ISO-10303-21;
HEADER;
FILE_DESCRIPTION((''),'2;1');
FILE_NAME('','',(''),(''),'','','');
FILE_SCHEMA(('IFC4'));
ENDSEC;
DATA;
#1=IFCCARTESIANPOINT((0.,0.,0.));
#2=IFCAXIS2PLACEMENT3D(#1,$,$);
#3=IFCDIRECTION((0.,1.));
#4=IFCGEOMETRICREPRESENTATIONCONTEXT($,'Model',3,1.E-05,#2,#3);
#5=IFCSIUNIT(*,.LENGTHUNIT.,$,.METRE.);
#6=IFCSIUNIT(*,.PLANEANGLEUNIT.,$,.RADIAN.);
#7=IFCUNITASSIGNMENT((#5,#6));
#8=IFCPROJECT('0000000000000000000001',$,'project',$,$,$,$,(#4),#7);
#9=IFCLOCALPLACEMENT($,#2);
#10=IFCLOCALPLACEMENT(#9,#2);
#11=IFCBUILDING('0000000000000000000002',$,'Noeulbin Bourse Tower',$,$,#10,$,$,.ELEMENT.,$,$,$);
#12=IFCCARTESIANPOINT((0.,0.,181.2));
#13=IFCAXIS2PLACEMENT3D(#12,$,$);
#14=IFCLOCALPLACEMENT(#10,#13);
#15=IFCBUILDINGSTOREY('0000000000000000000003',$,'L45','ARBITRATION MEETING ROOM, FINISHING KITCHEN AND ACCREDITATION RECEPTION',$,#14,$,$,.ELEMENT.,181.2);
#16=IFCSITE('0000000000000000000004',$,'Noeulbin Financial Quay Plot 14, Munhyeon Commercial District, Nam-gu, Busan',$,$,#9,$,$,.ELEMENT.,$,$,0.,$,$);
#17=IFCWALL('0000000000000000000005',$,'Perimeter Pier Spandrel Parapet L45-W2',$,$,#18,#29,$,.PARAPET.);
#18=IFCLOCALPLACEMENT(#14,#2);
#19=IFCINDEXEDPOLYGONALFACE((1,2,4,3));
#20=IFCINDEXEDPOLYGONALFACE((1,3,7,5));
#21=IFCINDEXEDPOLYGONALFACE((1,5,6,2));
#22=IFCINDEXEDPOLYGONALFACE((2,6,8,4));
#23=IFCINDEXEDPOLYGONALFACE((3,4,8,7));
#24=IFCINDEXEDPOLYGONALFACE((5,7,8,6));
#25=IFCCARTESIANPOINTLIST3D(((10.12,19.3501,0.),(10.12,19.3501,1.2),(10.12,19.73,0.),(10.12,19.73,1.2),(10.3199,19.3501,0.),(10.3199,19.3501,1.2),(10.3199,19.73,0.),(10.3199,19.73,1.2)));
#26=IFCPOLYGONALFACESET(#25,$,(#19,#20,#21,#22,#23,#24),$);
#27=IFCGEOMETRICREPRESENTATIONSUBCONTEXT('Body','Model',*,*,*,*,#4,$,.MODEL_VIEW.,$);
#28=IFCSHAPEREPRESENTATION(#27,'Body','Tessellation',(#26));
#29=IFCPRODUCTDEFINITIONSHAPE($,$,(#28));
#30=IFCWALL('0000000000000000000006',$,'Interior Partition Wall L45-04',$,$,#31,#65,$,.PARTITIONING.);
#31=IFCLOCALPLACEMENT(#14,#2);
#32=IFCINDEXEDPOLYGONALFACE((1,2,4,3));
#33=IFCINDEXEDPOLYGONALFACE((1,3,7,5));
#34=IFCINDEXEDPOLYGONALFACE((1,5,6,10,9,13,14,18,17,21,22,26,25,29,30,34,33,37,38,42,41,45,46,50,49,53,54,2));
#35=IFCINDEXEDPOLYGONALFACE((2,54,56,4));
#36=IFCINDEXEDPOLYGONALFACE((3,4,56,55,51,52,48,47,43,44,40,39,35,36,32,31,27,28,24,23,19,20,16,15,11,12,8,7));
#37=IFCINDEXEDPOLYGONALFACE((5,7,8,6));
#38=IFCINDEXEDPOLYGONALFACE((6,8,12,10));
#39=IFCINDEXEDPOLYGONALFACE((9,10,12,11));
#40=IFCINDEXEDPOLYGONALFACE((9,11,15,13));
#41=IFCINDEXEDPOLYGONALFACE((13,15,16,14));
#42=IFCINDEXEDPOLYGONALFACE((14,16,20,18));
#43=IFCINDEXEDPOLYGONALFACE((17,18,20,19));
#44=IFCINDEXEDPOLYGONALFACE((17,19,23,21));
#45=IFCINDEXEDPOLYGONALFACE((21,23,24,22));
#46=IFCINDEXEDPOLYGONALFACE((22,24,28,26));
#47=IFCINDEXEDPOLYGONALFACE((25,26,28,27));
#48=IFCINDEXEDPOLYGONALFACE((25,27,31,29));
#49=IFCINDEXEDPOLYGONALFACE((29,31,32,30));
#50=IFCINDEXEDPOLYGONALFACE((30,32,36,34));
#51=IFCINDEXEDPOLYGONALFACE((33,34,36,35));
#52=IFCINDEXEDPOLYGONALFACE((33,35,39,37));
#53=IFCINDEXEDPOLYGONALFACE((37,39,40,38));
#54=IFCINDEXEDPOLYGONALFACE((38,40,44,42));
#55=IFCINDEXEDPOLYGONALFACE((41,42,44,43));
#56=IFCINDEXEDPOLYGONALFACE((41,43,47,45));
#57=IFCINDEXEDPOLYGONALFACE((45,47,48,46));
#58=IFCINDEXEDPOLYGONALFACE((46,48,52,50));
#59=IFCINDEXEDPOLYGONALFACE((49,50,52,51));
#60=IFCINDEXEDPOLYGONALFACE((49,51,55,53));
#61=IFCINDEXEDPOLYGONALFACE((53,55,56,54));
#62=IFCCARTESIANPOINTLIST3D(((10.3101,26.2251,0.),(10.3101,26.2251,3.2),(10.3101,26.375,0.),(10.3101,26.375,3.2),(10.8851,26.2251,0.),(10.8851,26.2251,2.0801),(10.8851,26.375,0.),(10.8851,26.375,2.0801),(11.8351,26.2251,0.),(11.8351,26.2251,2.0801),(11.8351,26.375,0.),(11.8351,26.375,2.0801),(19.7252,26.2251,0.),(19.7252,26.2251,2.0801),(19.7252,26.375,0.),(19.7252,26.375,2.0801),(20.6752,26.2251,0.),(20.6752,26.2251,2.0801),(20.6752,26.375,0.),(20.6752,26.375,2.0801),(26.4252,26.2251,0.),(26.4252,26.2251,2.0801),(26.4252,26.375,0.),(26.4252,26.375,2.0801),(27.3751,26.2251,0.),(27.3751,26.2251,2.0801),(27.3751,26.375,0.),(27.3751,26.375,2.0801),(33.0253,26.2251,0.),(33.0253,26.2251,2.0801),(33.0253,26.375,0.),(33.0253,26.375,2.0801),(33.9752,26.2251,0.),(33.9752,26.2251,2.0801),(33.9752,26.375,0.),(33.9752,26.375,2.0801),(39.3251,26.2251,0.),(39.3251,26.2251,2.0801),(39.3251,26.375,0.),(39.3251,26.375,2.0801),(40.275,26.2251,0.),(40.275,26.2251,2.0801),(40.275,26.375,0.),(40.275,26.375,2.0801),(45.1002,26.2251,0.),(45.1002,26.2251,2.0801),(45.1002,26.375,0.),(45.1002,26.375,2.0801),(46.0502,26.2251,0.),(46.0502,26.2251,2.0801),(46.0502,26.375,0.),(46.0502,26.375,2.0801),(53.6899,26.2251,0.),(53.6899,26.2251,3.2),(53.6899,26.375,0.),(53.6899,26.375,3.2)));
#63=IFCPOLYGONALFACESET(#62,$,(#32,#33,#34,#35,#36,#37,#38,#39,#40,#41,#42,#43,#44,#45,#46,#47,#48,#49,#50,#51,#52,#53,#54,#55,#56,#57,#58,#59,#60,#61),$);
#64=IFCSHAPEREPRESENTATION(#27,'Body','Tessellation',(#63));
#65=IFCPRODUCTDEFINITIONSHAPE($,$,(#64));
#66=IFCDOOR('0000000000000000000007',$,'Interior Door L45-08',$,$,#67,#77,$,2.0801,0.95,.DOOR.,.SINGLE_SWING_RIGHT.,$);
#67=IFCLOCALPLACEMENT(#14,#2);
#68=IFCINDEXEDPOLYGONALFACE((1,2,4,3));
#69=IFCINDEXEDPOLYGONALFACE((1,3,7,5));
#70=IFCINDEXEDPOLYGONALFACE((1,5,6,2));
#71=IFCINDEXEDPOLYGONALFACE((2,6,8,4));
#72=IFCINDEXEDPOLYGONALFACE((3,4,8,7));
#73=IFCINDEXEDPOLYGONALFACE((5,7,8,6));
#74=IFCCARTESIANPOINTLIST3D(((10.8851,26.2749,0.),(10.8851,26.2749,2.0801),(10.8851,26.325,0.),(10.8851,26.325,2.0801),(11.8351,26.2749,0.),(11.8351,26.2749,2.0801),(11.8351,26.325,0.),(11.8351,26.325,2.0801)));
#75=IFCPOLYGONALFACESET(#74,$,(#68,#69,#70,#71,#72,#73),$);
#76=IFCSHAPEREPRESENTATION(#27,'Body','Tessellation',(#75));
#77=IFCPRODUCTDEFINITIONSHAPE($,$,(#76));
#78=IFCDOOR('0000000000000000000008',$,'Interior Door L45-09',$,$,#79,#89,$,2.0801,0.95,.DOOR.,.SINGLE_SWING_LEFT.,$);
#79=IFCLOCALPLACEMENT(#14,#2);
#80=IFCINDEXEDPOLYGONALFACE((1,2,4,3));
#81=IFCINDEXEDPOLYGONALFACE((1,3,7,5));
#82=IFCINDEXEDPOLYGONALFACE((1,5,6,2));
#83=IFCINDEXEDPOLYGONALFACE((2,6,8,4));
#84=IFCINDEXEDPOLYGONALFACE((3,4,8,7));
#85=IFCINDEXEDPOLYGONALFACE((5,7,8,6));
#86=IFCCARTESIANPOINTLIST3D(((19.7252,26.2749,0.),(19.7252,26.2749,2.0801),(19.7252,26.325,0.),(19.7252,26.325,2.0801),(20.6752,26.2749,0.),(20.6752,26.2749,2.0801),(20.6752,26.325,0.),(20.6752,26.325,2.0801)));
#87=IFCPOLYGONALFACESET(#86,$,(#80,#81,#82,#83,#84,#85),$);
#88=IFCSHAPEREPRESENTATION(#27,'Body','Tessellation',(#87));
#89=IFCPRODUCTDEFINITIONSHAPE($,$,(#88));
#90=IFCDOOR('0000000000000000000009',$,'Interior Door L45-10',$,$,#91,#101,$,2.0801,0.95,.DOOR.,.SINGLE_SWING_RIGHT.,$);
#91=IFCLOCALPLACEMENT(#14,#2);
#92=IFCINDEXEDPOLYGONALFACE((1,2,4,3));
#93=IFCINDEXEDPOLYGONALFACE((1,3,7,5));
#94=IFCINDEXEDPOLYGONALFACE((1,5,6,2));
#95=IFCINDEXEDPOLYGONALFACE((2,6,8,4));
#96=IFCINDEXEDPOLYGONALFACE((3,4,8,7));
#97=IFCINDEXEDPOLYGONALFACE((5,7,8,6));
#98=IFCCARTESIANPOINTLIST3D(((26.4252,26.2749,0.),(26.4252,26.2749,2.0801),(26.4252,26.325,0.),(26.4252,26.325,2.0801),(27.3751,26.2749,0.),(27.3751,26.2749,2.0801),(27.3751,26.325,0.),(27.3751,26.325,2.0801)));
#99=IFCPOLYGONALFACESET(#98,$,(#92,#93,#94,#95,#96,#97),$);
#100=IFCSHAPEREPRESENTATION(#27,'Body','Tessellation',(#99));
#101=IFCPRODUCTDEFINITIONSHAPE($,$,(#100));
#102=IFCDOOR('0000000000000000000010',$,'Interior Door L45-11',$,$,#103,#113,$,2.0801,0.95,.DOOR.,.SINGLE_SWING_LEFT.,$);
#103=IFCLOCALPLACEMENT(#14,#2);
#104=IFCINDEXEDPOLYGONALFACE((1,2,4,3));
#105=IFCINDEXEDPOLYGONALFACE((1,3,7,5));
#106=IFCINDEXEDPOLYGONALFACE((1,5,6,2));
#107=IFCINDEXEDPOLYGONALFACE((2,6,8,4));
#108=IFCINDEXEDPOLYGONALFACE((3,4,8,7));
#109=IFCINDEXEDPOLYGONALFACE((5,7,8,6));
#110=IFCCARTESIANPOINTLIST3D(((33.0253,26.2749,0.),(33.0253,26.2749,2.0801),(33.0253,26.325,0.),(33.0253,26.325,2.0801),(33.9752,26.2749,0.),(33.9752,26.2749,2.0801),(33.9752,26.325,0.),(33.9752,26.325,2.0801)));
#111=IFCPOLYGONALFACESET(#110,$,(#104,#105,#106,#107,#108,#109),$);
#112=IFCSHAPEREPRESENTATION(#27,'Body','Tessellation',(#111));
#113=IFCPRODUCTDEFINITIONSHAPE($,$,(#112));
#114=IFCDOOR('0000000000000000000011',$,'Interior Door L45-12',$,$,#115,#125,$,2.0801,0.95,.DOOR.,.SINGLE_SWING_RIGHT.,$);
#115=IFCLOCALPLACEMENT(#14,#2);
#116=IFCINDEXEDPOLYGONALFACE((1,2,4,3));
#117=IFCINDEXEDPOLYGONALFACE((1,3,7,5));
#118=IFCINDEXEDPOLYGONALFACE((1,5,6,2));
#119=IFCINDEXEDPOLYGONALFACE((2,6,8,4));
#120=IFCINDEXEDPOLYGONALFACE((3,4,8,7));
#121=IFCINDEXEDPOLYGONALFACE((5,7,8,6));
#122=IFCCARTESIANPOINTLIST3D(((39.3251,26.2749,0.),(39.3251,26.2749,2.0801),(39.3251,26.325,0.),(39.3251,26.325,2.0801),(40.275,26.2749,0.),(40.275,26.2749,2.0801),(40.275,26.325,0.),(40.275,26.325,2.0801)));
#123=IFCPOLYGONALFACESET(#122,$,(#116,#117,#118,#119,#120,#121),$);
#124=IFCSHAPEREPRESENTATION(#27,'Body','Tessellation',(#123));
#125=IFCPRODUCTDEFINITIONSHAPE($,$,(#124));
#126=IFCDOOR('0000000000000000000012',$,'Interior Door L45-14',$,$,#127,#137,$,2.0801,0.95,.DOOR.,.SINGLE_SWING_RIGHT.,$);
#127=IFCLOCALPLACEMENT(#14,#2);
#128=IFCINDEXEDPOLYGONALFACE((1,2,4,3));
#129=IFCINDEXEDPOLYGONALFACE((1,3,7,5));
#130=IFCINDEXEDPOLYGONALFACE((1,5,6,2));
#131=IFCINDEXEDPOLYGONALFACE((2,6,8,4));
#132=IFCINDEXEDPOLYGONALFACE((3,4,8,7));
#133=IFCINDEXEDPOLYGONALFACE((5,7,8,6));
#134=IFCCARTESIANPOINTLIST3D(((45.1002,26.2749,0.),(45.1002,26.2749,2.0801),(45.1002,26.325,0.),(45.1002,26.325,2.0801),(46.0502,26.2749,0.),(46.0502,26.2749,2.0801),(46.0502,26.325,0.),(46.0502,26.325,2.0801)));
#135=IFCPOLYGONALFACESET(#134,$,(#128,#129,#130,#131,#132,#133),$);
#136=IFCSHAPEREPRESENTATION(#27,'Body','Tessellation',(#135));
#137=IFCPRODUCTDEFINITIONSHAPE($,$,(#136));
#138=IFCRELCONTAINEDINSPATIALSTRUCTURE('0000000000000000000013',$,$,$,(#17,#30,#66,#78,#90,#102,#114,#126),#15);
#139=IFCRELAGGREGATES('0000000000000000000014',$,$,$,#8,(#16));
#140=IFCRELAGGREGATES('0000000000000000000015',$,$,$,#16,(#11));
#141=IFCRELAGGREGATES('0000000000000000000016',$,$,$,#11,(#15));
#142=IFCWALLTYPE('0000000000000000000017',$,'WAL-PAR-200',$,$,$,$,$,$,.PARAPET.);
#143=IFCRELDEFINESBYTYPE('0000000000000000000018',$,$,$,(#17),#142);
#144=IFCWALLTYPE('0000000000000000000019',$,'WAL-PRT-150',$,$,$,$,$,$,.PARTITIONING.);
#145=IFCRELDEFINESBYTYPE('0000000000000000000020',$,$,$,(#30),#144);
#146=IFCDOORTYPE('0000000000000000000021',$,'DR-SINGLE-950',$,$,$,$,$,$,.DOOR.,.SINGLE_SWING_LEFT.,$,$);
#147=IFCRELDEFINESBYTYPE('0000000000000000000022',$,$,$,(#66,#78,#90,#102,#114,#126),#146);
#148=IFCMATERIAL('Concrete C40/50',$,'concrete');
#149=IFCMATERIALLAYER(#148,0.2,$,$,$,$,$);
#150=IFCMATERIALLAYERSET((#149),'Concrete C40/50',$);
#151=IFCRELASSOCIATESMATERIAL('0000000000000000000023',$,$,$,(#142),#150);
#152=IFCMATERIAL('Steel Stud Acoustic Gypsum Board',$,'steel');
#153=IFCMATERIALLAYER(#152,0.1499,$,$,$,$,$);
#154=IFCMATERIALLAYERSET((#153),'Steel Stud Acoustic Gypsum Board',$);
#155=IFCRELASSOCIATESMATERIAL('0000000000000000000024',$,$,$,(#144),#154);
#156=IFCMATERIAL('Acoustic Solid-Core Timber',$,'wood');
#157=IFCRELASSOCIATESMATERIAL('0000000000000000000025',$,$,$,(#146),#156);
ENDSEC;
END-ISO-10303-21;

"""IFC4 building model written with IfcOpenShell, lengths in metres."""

from ifc_helpers import new_model, si_unit, direction, frame, frame_2d, origin, place, context, subcontext, project, spatial, rectangle, extrude, material, layer, layer_set, type_object, element, fill, save


model = new_model("IFC4")

# Units and contexts
model_context = context("Model", 3, precision=1e-05, world=origin(), true_north=direction((0.0, 1.0)))
body_context = subcontext(model_context, "Body", "Model", "MODEL_VIEW")
ifc_project = project(units=[si_unit("LENGTHUNIT", "METRE"), si_unit("PLANEANGLEUNIT", "RADIAN")], contexts=[model_context])

# Site, building, storey
site_placement = place(None, origin())
site = spatial("IfcSite", under=ifc_project, at=site_placement, Name="Noeulbin Financial Quay Plot 14, Munhyeon Commercial District, Nam-gu, Busan", CompositionType="ELEMENT", RefElevation=0.0)
building_placement = place(site_placement, origin())
building = spatial("IfcBuilding", under=site, at=building_placement, Name="Noeulbin Bourse Tower", CompositionType="ELEMENT")
storey_placement = place(building_placement, frame((0.0, 0.0, 181.2)))
storey = spatial("IfcBuildingStorey", under=building, at=storey_placement, Name="L45", Description="ARBITRATION MEETING ROOM, FINISHING KITCHEN AND ACCREDITATION RECEPTION", CompositionType="ELEMENT", Elevation=181.2)

# Wall
ifc_material_1 = material(Name="Concrete C40/50", Category="concrete")
ifc_layer_1 = layer(ifc_material_1, 0.2)
ifc_layer_set_1 = layer_set([ifc_layer_1], Name="Concrete C40/50")
wall_type_1 = type_object("IfcWallType", Name="WAL-PAR-200", PredefinedType="PARAPET", material=ifc_layer_set_1)
wall_1_placement = place(storey_placement, frame((10.22, 19.3501, 0.0), z_axis=(0.0, 0.0, 1.0), x_axis=(0.0, 1.0, 0.0)))
element("IfcWall", 1, at=wall_1_placement, inside=storey, type_object=wall_type_1, Name="Perimeter Pier Spandrel Parapet L45-W2", PredefinedType="PARAPET", context=body_context, shape_type="SweptSolid", body=[
    extrude(rectangle(XDim=0.3799, YDim=0.2, at=frame_2d((0.1899, 0.0))), origin(), (0.0, 0.0, 1.0), 1.2),
])

# Wall, openings, doors
ifc_material_2 = material(Name="Steel Stud Acoustic Gypsum Board", Category="steel")
ifc_layer_2 = layer(ifc_material_2, 0.1499)
ifc_layer_set_2 = layer_set([ifc_layer_2], Name="Steel Stud Acoustic Gypsum Board")
wall_type_2 = type_object("IfcWallType", Name="WAL-PRT-150", PredefinedType="PARTITIONING", material=ifc_layer_set_2)
wall_2_placement = place(storey_placement, frame((10.3101, 26.3, 0.0), z_axis=(0.0, 0.0, 1.0), x_axis=(1.0, 0.0, 0.0)))
wall_2 = element("IfcWall", 2, at=wall_2_placement, inside=storey, type_object=wall_type_2, Name="Interior Partition Wall L45-04", PredefinedType="PARTITIONING", context=body_context, shape_type="SweptSolid", body=[
    extrude(rectangle(XDim=43.3799, YDim=0.1499, at=frame_2d((21.6899, 0.0))), origin(), (0.0, 0.0, 1.0), 3.2),
])
opening_1_placement = place(wall_2_placement, frame((0.575, 0.0, 0.0)))
opening_1 = element("IfcOpeningElement", 3, at=opening_1_placement, cuts=wall_2, PredefinedType="OPENING", context=body_context, shape_type="SweptSolid", body=[
    extrude(rectangle(XDim=0.95, YDim=2.0801, at=frame_2d((0.4751, 1.04))), frame((0.0, 0.085, 0.0), z_axis=(0.0, -1.0, 0.0), x_axis=(1.0, 0.0, 0.0)), (0.0, 0.0, 1.0), 0.1699),
])
opening_2_placement = place(wall_2_placement, frame((9.415, 0.0, 0.0)))
opening_2 = element("IfcOpeningElement", 4, at=opening_2_placement, cuts=wall_2, PredefinedType="OPENING", context=body_context, shape_type="SweptSolid", body=[
    extrude(rectangle(XDim=0.95, YDim=2.0801, at=frame_2d((0.4751, 1.04))), frame((0.0, 0.085, 0.0), z_axis=(0.0, -1.0, 0.0), x_axis=(1.0, 0.0, 0.0)), (0.0, 0.0, 1.0), 0.1699),
])
opening_3_placement = place(wall_2_placement, frame((16.115, 0.0, 0.0)))
opening_3 = element("IfcOpeningElement", 5, at=opening_3_placement, cuts=wall_2, PredefinedType="OPENING", context=body_context, shape_type="SweptSolid", body=[
    extrude(rectangle(XDim=0.95, YDim=2.0801, at=frame_2d((0.4751, 1.04))), frame((0.0, 0.085, 0.0), z_axis=(0.0, -1.0, 0.0), x_axis=(1.0, 0.0, 0.0)), (0.0, 0.0, 1.0), 0.1699),
])
opening_4_placement = place(wall_2_placement, frame((22.7151, 0.0, 0.0)))
opening_4 = element("IfcOpeningElement", 6, at=opening_4_placement, cuts=wall_2, PredefinedType="OPENING", context=body_context, shape_type="SweptSolid", body=[
    extrude(rectangle(XDim=0.95, YDim=2.0801, at=frame_2d((0.4751, 1.04))), frame((0.0, 0.085, 0.0), z_axis=(0.0, -1.0, 0.0), x_axis=(1.0, 0.0, 0.0)), (0.0, 0.0, 1.0), 0.1699),
])
opening_5_placement = place(wall_2_placement, frame((29.0149, 0.0, 0.0)))
opening_5 = element("IfcOpeningElement", 7, at=opening_5_placement, cuts=wall_2, PredefinedType="OPENING", context=body_context, shape_type="SweptSolid", body=[
    extrude(rectangle(XDim=0.95, YDim=2.0801, at=frame_2d((0.4751, 1.04))), frame((0.0, 0.085, 0.0), z_axis=(0.0, -1.0, 0.0), x_axis=(1.0, 0.0, 0.0)), (0.0, 0.0, 1.0), 0.1699),
])
opening_6_placement = place(wall_2_placement, frame((34.79, 0.0, 0.0)))
opening_6 = element("IfcOpeningElement", 8, at=opening_6_placement, cuts=wall_2, PredefinedType="OPENING", context=body_context, shape_type="SweptSolid", body=[
    extrude(rectangle(XDim=0.95, YDim=2.0801, at=frame_2d((0.4751, 1.04))), frame((0.0, 0.085, 0.0), z_axis=(0.0, -1.0, 0.0), x_axis=(1.0, 0.0, 0.0)), (0.0, 0.0, 1.0), 0.1699),
])
ifc_material_3 = material(Name="Acoustic Solid-Core Timber", Category="wood")
door_type = type_object("IfcDoorType", Name="DR-SINGLE-950", OperationType="SINGLE_SWING_LEFT", PredefinedType="DOOR", material=ifc_material_3)
door_1_placement = place(opening_1_placement, origin())
door_1 = element("IfcDoor", 9, at=door_1_placement, inside=storey, type_object=door_type, Name="Interior Door L45-08", OperationType="SINGLE_SWING_RIGHT", OverallHeight=2.0801, OverallWidth=0.95, PredefinedType="DOOR", context=body_context, shape_type="SweptSolid", body=[
    extrude(rectangle(XDim=0.95, YDim=2.0801, at=frame_2d((0.4751, 1.04))), frame((0.0, 0.0249, 0.0), z_axis=(0.0, -1.0, 0.0), x_axis=(1.0, 0.0, 0.0)), (0.0, 0.0, 1.0), 0.05),
])
fill(opening_1, door_1)
door_2_placement = place(opening_2_placement, origin())
door_2 = element("IfcDoor", 10, at=door_2_placement, inside=storey, type_object=door_type, Name="Interior Door L45-09", OperationType="SINGLE_SWING_LEFT", OverallHeight=2.0801, OverallWidth=0.95, PredefinedType="DOOR", context=body_context, shape_type="SweptSolid", body=[
    extrude(rectangle(XDim=0.95, YDim=2.0801, at=frame_2d((0.4751, 1.04))), frame((0.0, 0.0249, 0.0), z_axis=(0.0, -1.0, 0.0), x_axis=(1.0, 0.0, 0.0)), (0.0, 0.0, 1.0), 0.05),
])
fill(opening_2, door_2)
door_3_placement = place(opening_3_placement, origin())
door_3 = element("IfcDoor", 11, at=door_3_placement, inside=storey, type_object=door_type, Name="Interior Door L45-10", OperationType="SINGLE_SWING_RIGHT", OverallHeight=2.0801, OverallWidth=0.95, PredefinedType="DOOR", context=body_context, shape_type="SweptSolid", body=[
    extrude(rectangle(XDim=0.95, YDim=2.0801, at=frame_2d((0.4751, 1.04))), frame((0.0, 0.0249, 0.0), z_axis=(0.0, -1.0, 0.0), x_axis=(1.0, 0.0, 0.0)), (0.0, 0.0, 1.0), 0.05),
])
fill(opening_3, door_3)
door_4_placement = place(opening_4_placement, origin())
door_4 = element("IfcDoor", 12, at=door_4_placement, inside=storey, type_object=door_type, Name="Interior Door L45-11", OperationType="SINGLE_SWING_LEFT", OverallHeight=2.0801, OverallWidth=0.95, PredefinedType="DOOR", context=body_context, shape_type="SweptSolid", body=[
    extrude(rectangle(XDim=0.95, YDim=2.0801, at=frame_2d((0.4751, 1.04))), frame((0.0, 0.0249, 0.0), z_axis=(0.0, -1.0, 0.0), x_axis=(1.0, 0.0, 0.0)), (0.0, 0.0, 1.0), 0.05),
])
fill(opening_4, door_4)
door_5_placement = place(opening_5_placement, origin())
door_5 = element("IfcDoor", 13, at=door_5_placement, inside=storey, type_object=door_type, Name="Interior Door L45-12", OperationType="SINGLE_SWING_RIGHT", OverallHeight=2.0801, OverallWidth=0.95, PredefinedType="DOOR", context=body_context, shape_type="SweptSolid", body=[
    extrude(rectangle(XDim=0.95, YDim=2.0801, at=frame_2d((0.4751, 1.04))), frame((0.0, 0.0249, 0.0), z_axis=(0.0, -1.0, 0.0), x_axis=(1.0, 0.0, 0.0)), (0.0, 0.0, 1.0), 0.05),
])
fill(opening_5, door_5)
door_6_placement = place(opening_6_placement, origin())
door_6 = element("IfcDoor", 14, at=door_6_placement, inside=storey, type_object=door_type, Name="Interior Door L45-14", OperationType="SINGLE_SWING_RIGHT", OverallHeight=2.0801, OverallWidth=0.95, PredefinedType="DOOR", context=body_context, shape_type="SweptSolid", body=[
    extrude(rectangle(XDim=0.95, YDim=2.0801, at=frame_2d((0.4751, 1.04))), frame((0.0, 0.0249, 0.0), z_axis=(0.0, -1.0, 0.0), x_axis=(1.0, 0.0, 0.0)), (0.0, 0.0, 1.0), 0.05),
])
fill(opening_6, door_6)

save(model, "model.ifc")
